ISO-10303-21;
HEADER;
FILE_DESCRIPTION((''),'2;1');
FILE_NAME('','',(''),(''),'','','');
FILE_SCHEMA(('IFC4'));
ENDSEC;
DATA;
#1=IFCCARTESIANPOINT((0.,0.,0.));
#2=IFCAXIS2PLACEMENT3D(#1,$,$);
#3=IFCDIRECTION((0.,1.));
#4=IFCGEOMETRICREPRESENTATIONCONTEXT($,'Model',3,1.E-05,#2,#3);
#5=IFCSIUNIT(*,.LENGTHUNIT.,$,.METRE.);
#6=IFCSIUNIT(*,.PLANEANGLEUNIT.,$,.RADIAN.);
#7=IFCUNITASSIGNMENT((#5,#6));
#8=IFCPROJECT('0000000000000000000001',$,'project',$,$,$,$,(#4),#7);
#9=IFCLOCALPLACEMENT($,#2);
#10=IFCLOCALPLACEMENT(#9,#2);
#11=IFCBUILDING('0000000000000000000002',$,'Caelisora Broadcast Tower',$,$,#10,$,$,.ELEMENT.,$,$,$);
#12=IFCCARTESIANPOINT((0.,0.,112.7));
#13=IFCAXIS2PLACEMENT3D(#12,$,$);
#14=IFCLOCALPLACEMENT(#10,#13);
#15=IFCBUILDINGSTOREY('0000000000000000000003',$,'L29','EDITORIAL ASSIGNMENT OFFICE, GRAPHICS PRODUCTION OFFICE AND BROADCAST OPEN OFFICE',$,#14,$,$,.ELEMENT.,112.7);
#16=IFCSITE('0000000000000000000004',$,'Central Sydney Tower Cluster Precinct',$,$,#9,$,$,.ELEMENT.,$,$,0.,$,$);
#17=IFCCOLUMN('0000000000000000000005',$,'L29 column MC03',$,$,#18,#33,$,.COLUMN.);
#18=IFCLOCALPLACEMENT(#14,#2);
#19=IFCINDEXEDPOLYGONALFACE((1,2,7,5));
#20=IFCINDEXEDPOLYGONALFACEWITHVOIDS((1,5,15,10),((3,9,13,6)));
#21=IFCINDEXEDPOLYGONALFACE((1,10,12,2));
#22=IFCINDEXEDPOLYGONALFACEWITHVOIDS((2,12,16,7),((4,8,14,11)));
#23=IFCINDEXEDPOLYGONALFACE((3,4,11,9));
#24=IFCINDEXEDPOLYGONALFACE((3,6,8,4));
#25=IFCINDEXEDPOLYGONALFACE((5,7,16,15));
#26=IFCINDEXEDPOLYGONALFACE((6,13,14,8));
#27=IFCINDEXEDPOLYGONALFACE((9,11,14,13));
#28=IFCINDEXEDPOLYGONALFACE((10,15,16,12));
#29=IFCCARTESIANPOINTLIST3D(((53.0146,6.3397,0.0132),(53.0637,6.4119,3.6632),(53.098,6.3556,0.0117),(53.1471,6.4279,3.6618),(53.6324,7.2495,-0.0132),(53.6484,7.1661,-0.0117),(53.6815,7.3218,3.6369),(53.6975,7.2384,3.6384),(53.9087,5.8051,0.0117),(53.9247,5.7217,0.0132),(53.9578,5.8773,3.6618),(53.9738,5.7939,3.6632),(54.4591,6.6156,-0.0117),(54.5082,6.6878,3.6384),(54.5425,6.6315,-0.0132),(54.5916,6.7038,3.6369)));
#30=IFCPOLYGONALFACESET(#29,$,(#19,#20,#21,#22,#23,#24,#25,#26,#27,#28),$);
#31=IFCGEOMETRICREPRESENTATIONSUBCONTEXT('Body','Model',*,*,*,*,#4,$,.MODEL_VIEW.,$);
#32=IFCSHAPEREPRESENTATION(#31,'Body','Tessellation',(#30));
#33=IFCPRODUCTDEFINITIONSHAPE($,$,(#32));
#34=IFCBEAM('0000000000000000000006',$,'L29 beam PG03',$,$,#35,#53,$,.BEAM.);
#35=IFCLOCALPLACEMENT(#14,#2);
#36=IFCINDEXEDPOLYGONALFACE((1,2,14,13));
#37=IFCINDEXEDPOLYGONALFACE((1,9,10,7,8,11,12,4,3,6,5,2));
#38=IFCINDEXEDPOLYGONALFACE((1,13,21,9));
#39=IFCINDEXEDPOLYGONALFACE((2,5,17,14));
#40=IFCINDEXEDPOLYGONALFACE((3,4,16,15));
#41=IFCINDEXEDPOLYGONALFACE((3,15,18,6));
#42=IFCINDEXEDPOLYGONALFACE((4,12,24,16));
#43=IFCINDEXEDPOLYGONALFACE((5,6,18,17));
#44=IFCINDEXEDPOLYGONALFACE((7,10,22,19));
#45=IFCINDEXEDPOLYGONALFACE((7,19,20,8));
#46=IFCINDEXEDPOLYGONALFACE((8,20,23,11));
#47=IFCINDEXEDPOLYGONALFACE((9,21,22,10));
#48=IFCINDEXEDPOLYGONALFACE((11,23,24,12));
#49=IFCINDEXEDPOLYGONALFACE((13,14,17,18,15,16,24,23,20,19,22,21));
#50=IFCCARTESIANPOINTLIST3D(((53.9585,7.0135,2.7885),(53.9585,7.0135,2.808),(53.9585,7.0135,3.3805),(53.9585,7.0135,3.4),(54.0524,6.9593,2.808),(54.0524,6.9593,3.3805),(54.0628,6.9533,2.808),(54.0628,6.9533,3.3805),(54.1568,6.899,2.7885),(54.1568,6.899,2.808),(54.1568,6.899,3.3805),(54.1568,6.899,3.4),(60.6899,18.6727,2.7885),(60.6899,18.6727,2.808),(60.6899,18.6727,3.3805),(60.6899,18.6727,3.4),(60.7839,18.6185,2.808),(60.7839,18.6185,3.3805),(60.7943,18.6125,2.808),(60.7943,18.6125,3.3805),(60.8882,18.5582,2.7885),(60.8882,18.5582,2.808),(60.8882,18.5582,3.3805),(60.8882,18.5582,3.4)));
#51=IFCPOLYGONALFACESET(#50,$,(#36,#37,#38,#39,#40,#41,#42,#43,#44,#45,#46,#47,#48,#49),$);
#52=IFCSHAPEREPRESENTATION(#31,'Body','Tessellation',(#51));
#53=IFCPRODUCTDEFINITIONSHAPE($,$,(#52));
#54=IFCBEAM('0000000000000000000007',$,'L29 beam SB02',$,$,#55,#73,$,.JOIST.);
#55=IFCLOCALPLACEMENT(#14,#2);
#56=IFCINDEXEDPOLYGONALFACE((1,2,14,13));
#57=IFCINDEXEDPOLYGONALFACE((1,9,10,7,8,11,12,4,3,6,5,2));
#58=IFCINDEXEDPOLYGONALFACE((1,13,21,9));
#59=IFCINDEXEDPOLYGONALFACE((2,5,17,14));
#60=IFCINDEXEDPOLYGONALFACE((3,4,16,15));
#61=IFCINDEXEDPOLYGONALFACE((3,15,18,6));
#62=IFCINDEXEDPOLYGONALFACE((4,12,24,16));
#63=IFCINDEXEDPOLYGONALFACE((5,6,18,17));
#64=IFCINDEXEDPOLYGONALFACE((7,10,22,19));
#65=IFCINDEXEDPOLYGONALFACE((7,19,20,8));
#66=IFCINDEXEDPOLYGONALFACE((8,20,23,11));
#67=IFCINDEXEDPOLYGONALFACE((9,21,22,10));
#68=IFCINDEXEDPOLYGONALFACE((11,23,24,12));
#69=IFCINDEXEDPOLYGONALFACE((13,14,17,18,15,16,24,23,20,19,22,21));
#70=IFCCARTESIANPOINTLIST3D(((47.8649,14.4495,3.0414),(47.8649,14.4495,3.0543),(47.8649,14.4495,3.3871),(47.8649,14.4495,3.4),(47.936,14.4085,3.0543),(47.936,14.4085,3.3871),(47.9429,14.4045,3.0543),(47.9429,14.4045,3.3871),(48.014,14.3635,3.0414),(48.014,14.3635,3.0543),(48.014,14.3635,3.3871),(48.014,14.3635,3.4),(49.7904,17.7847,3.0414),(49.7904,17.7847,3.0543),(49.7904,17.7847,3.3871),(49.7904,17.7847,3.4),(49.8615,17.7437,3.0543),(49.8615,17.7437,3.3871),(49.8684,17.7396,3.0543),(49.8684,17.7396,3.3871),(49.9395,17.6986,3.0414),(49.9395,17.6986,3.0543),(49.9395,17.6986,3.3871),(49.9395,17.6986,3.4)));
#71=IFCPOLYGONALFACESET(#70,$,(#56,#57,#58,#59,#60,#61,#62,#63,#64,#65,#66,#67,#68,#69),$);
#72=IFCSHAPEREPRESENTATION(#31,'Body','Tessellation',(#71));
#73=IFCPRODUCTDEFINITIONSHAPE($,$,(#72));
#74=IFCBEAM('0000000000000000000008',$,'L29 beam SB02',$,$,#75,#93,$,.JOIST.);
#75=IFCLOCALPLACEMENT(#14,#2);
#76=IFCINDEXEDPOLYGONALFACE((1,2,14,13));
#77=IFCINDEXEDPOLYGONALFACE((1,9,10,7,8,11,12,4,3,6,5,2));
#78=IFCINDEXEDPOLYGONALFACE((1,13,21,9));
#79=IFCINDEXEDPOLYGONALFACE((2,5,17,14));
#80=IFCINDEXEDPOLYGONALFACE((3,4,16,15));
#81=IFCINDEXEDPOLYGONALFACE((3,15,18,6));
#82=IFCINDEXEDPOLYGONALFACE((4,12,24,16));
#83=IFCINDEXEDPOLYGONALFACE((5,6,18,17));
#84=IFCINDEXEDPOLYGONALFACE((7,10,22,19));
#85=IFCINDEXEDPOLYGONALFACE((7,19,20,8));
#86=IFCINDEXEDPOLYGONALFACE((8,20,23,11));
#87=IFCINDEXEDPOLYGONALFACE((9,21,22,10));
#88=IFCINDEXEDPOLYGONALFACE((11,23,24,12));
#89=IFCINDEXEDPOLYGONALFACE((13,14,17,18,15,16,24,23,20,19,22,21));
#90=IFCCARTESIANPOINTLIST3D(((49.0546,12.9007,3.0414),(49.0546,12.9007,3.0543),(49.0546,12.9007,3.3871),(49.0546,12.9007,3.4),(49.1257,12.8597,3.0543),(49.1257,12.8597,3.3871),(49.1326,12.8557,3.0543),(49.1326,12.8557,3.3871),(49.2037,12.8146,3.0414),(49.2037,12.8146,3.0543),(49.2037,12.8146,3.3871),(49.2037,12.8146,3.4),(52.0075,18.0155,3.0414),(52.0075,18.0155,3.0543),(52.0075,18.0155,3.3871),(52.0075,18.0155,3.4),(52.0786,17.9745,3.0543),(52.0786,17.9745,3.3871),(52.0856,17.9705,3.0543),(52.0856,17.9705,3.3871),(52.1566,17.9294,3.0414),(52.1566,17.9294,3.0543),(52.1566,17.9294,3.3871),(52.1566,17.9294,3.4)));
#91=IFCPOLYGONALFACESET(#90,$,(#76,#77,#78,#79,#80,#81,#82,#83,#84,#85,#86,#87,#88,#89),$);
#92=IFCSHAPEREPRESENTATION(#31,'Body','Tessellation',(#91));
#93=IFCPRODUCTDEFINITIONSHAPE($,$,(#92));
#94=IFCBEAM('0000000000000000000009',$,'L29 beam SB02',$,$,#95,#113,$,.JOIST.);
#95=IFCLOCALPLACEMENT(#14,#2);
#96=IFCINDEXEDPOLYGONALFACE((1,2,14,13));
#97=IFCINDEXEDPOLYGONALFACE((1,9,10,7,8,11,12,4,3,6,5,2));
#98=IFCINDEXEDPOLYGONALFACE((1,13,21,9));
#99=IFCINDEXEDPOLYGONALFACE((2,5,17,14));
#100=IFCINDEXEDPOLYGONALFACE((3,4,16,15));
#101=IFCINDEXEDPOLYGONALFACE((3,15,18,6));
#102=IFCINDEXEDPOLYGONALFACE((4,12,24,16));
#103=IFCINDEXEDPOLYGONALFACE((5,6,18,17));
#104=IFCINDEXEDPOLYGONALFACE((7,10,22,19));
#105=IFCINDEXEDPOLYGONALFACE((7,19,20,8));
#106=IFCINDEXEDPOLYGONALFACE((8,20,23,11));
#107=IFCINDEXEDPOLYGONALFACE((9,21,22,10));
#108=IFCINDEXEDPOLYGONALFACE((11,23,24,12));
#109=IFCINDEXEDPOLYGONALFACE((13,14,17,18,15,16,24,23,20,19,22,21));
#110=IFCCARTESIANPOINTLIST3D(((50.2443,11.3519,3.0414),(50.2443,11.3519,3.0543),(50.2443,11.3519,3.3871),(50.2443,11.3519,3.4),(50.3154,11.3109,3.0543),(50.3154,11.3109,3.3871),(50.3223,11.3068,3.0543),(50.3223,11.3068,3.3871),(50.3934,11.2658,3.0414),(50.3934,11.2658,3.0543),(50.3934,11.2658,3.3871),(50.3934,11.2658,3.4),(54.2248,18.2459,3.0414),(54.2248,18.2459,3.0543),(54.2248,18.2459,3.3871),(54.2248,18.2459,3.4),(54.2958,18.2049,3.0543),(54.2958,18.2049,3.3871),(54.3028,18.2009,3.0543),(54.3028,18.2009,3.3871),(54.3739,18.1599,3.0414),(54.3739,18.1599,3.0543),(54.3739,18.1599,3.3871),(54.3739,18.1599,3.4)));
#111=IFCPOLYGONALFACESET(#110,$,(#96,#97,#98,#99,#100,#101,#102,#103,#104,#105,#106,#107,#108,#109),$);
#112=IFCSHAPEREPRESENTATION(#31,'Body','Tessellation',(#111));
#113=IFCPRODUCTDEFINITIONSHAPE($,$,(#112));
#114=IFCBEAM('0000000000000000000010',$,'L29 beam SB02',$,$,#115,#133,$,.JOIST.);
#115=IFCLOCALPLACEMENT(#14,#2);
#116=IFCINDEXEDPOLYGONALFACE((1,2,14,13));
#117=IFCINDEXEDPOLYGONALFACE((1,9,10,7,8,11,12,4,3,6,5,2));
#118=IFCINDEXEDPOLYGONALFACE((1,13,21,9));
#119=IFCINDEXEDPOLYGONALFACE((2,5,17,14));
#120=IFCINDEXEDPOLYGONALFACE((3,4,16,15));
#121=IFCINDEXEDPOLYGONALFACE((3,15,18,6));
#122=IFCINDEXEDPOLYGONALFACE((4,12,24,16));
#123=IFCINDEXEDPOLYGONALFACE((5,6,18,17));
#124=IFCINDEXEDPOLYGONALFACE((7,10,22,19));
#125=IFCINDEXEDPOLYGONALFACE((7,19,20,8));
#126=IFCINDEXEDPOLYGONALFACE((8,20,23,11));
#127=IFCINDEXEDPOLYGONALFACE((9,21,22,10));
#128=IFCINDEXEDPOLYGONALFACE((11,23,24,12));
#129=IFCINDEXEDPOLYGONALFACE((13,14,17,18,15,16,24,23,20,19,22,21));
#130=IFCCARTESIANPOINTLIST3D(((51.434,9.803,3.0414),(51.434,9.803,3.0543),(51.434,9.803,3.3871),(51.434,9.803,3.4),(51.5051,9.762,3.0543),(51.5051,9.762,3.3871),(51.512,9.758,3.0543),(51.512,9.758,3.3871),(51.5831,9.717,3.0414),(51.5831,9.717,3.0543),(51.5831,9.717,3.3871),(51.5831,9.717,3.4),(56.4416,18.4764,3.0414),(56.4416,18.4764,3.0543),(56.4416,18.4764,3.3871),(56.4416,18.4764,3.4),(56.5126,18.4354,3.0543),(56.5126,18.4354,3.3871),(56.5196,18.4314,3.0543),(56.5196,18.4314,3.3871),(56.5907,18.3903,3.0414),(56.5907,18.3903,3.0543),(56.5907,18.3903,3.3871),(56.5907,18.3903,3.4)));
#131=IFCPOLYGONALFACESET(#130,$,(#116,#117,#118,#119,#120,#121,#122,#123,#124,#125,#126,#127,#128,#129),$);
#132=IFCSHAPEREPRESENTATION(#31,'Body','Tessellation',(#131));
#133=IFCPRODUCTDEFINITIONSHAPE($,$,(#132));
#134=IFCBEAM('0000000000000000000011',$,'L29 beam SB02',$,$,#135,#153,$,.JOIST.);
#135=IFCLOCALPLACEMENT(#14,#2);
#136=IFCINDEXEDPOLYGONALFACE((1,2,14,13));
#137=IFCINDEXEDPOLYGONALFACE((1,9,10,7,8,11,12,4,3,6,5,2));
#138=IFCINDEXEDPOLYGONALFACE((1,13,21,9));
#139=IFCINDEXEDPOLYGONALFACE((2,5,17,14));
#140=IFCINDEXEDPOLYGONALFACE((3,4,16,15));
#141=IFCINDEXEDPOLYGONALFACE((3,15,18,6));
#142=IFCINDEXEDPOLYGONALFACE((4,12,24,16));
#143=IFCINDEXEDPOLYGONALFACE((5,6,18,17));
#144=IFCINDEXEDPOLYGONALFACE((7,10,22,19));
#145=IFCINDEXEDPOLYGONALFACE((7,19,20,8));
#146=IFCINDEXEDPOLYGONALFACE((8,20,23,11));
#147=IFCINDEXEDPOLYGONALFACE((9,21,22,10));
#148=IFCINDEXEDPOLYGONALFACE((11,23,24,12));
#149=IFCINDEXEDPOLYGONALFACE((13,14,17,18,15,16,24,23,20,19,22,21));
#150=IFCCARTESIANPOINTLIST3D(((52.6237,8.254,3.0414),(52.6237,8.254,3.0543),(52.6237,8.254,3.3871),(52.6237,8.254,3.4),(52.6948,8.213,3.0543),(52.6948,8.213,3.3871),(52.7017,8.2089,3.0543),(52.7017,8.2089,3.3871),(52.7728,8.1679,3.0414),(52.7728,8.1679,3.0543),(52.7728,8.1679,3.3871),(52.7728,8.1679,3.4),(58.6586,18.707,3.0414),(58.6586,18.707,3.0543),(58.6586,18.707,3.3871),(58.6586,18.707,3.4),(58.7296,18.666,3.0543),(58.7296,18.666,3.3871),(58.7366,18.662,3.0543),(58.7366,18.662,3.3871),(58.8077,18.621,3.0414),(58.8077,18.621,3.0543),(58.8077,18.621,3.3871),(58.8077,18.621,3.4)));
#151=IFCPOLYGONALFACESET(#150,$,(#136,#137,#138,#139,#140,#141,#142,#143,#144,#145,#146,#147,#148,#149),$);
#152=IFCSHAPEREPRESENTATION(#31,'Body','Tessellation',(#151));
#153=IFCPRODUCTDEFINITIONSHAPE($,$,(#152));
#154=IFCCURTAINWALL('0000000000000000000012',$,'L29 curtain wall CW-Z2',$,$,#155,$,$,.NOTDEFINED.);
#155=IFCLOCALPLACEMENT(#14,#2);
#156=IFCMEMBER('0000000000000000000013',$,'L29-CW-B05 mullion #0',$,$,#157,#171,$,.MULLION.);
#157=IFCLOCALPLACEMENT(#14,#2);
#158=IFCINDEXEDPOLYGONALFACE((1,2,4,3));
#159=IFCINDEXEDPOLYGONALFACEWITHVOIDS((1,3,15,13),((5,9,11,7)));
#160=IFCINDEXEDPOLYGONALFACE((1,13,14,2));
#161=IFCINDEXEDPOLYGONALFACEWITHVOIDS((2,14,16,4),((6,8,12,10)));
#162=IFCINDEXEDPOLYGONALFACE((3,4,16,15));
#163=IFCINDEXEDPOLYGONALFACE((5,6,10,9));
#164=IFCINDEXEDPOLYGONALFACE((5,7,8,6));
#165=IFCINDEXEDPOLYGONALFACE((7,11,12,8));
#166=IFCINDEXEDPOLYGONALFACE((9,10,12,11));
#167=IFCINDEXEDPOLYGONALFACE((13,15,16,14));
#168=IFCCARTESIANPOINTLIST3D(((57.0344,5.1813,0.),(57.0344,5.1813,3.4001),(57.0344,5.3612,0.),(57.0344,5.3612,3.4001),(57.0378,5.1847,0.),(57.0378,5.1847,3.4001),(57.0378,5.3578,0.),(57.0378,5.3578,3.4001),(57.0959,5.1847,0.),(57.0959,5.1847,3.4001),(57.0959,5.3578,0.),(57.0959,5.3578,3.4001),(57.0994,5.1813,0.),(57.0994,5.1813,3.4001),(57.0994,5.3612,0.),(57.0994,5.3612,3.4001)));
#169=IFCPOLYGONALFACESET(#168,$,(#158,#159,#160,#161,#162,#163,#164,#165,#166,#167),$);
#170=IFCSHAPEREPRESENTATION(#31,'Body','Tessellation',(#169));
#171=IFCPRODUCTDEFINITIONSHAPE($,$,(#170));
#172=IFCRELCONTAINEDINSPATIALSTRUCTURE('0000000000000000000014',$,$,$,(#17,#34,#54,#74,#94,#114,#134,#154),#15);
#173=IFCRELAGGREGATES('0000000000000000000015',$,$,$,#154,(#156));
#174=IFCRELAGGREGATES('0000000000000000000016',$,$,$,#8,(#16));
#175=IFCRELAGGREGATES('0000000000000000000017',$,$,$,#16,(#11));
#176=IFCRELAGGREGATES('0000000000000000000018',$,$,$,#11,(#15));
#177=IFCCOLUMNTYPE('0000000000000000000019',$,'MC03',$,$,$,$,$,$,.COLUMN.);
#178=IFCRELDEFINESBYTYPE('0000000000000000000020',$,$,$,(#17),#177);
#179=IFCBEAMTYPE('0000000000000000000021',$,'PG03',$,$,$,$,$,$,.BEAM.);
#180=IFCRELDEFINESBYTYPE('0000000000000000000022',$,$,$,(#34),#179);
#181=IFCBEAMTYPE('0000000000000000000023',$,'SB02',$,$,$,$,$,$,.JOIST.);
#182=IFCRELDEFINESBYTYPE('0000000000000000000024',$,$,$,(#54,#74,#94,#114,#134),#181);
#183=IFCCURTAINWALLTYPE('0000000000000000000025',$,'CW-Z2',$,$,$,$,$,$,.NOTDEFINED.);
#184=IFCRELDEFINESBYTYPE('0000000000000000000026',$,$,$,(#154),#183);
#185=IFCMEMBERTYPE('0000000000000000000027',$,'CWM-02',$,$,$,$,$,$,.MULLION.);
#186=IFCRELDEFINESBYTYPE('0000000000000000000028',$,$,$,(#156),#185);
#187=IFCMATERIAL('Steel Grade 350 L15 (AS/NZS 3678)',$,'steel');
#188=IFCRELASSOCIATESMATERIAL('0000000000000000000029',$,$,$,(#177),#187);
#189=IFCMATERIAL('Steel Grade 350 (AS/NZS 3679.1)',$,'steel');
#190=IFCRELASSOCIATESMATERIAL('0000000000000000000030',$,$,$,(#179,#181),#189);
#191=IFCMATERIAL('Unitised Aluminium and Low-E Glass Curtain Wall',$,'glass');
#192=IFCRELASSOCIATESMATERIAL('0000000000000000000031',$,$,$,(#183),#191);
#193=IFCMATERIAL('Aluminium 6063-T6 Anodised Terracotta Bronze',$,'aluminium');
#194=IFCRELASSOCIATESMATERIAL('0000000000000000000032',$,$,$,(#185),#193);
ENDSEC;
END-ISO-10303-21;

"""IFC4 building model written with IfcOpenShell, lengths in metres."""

from ifc_helpers import new_model, si_unit, direction, frame, origin, origin_2d, place, context, subcontext, project, spatial, hollow_rectangle, i_section, extrude, source, transform, mapped, material, material_profile, profile_set, type_object, type_shapes, element, aggregate, save


model = new_model("IFC4")

# Units and contexts
model_context = context("Model", 3, precision=1e-05, world=origin(), true_north=direction((0.0, 1.0)))
body_context = subcontext(model_context, "Body", "Model", "MODEL_VIEW")
ifc_project = project(units=[si_unit("LENGTHUNIT", "METRE"), si_unit("PLANEANGLEUNIT", "RADIAN")], contexts=[model_context])

# Site, building, storey
site_placement = place(None, origin())
site = spatial("IfcSite", under=ifc_project, at=site_placement, Name="Central Sydney Tower Cluster Precinct", CompositionType="ELEMENT", RefElevation=0.0)
building_placement = place(site_placement, origin())
building = spatial("IfcBuilding", under=site, at=building_placement, Name="Caelisora Broadcast Tower", CompositionType="ELEMENT")
storey_placement = place(building_placement, frame((0.0, 0.0, 112.7)))
storey = spatial("IfcBuildingStorey", under=building, at=storey_placement, Name="L29", Description="EDITORIAL ASSIGNMENT OFFICE, GRAPHICS PRODUCTION OFFICE AND BROADCAST OPEN OFFICE", CompositionType="ELEMENT", Elevation=112.7)

# Column
ifc_material_1 = material(Name="Steel Grade 350 L15 (AS/NZS 3678)", Category="steel")
ifc_material_profile_1 = material_profile(ifc_material_1, hollow_rectangle(XDim=1.1001, YDim=1.1001, WallThickness=0.0601, at=origin_2d()), Name="Steel Grade 350 L15 (AS/NZS 3678)")
ifc_profile_set_1 = profile_set([ifc_material_profile_1], Name="Steel Grade 350 L15 (AS/NZS 3678)")
column_type = type_object("IfcColumnType", Name="MC03", PredefinedType="COLUMN", material=ifc_profile_set_1)
shared_shape_1 = source(origin(), body_context, "Body", "SweptSolid", [
    extrude(hollow_rectangle(XDim=1.1001, YDim=1.1001, WallThickness=0.0601, at=origin_2d()), origin(), (0.0, 0.0, 1.0), 3.6511),
])
type_shapes(column_type, [shared_shape_1])
column_placement = place(storey_placement, frame((53.7786, 6.4856, 0.0), z_axis=(0.01344, 0.019792, 0.999714), x_axis=(-0.82729, 0.561775, 0.0)))
element("IfcColumn", 1, at=column_placement, inside=storey, type_object=column_type, Name="L29 column MC03", PredefinedType="COLUMN", context=body_context, shape_type="MappedRepresentation", body=[
    mapped(shared_shape_1, transform((0.0, 0.0, 0.0), scale=1.0)),
])

# Beams
ifc_material_2 = material(Name="Steel Grade 350 (AS/NZS 3679.1)", Category="steel")
ifc_material_profile_2 = material_profile(ifc_material_2, i_section(OverallWidth=0.229, OverallDepth=0.6116, WebThickness=0.012, FlangeThickness=0.0195, at=origin_2d()), Name="Steel Grade 350 (AS/NZS 3679.1)")
ifc_profile_set_2 = profile_set([ifc_material_profile_2], Name="Steel Grade 350 (AS/NZS 3679.1)")
beam_type_1 = type_object("IfcBeamType", Name="PG03", PredefinedType="BEAM", material=ifc_profile_set_2)
shared_shape_2 = source(origin(), body_context, "Body", "SweptSolid", [
    extrude(i_section(OverallWidth=0.229, OverallDepth=0.6116, WebThickness=0.012, FlangeThickness=0.0195, at=origin_2d()), origin(), (0.0, 0.0, 1.0), 13.4629),
])
type_shapes(beam_type_1, [shared_shape_2])
beam_1_placement = place(storey_placement, frame((54.0576, 6.9563, 3.0942), z_axis=(0.500001, 0.866025, 0.0), x_axis=(-0.866025, 0.500001, 0.0)))
element("IfcBeam", 2, at=beam_1_placement, inside=storey, type_object=beam_type_1, Name="L29 beam PG03", PredefinedType="BEAM", context=body_context, shape_type="MappedRepresentation", body=[
    mapped(shared_shape_2, transform((0.0, 0.0, 0.0), scale=1.0)),
])
ifc_material_profile_3 = material_profile(ifc_material_2, i_section(OverallWidth=0.1721, OverallDepth=0.3586, WebThickness=0.0081, FlangeThickness=0.0129, at=origin_2d()), Name="Steel Grade 350 (AS/NZS 3679.1)")
ifc_profile_set_3 = profile_set([ifc_material_profile_3], Name="Steel Grade 350 (AS/NZS 3679.1)")
beam_type_2 = type_object("IfcBeamType", Name="SB02", PredefinedType="JOIST", material=ifc_profile_set_3)
shared_shape_3 = source(origin(), body_context, "Body", "SweptSolid", [
    extrude(i_section(OverallWidth=0.1721, OverallDepth=0.3586, WebThickness=0.0081, FlangeThickness=0.0129, at=origin_2d()), origin(), (0.0, 0.0, 1.0), 3.8511),
])
beam_2_placement = place(storey_placement, frame((47.9395, 14.4065, 3.2207), z_axis=(0.499991, 0.86603, 0.0), x_axis=(-0.86603, 0.499991, 0.0)))
element("IfcBeam", 3, at=beam_2_placement, inside=storey, type_object=beam_type_2, Name="L29 beam SB02", PredefinedType="JOIST", context=body_context, shape_type="MappedRepresentation", body=[
    mapped(shared_shape_3, transform((0.0, 0.0, 0.0), scale=1.0)),
])
shared_shape_4 = source(origin(), body_context, "Body", "SweptSolid", [
    extrude(i_section(OverallWidth=0.1721, OverallDepth=0.3586, WebThickness=0.0081, FlangeThickness=0.0129, at=origin_2d()), origin(), (0.0, 0.0, 1.0), 5.906),
])
beam_3_placement = place(storey_placement, frame((49.1292, 12.8577, 3.2207), z_axis=(0.499985, 0.866034, 0.0), x_axis=(-0.866034, 0.499985, 0.0)))
element("IfcBeam", 4, at=beam_3_placement, inside=storey, type_object=beam_type_2, Name="L29 beam SB02", PredefinedType="JOIST", context=body_context, shape_type="MappedRepresentation", body=[
    mapped(shared_shape_4, transform((0.0, 0.0, 0.0), scale=1.0)),
])
shared_shape_5 = source(origin(), body_context, "Body", "SweptSolid", [
    extrude(i_section(OverallWidth=0.1721, OverallDepth=0.3586, WebThickness=0.0081, FlangeThickness=0.0129, at=origin_2d()), origin(), (0.0, 0.0, 1.0), 7.9607),
])
beam_4_placement = place(storey_placement, frame((50.3188, 11.3088, 3.2207), z_axis=(0.500018, 0.866015, 0.0), x_axis=(-0.866015, 0.500018, 0.0)))
element("IfcBeam", 5, at=beam_4_placement, inside=storey, type_object=beam_type_2, Name="L29 beam SB02", PredefinedType="JOIST", context=body_context, shape_type="MappedRepresentation", body=[
    mapped(shared_shape_5, transform((0.0, 0.0, 0.0), scale=1.0)),
])
shared_shape_6 = source(origin(), body_context, "Body", "SweptSolid", [
    extrude(i_section(OverallWidth=0.1721, OverallDepth=0.3586, WebThickness=0.0081, FlangeThickness=0.0129, at=origin_2d()), origin(), (0.0, 0.0, 1.0), 10.0151),
])
beam_5_placement = place(storey_placement, frame((51.5085, 9.76, 3.2207), z_axis=(0.500001, 0.866025, 0.0), x_axis=(-0.866025, 0.500001, 0.0)))
element("IfcBeam", 6, at=beam_5_placement, inside=storey, type_object=beam_type_2, Name="L29 beam SB02", PredefinedType="JOIST", context=body_context, shape_type="MappedRepresentation", body=[
    mapped(shared_shape_6, transform((0.0, 0.0, 0.0), scale=1.0)),
])
shared_shape_7 = source(origin(), body_context, "Body", "SweptSolid", [
    extrude(i_section(OverallWidth=0.1721, OverallDepth=0.3586, WebThickness=0.0081, FlangeThickness=0.0129, at=origin_2d()), origin(), (0.0, 0.0, 1.0), 12.0701),
])
type_shapes(beam_type_2, [shared_shape_3, shared_shape_4, shared_shape_5, shared_shape_6, shared_shape_7])
beam_6_placement = place(storey_placement, frame((52.6982, 8.2109, 3.2207), z_axis=(0.499987, 0.866033, 0.0), x_axis=(-0.866033, 0.499987, 0.0)))
element("IfcBeam", 7, at=beam_6_placement, inside=storey, type_object=beam_type_2, Name="L29 beam SB02", PredefinedType="JOIST", context=body_context, shape_type="MappedRepresentation", body=[
    mapped(shared_shape_7, transform((0.0, 0.0, 0.0), scale=1.0)),
])

# Curtain wall, member
ifc_material_3 = material(Name="Unitised Aluminium and Low-E Glass Curtain Wall", Category="glass")
curtain_wall_type = type_object("IfcCurtainWallType", Name="CW-Z2", PredefinedType="NOTDEFINED", material=ifc_material_3)
curtain_wall_placement = place(storey_placement, origin())
curtain_wall = element("IfcCurtainWall", 8, at=curtain_wall_placement, inside=storey, type_object=curtain_wall_type, Name="L29 curtain wall CW-Z2", PredefinedType="NOTDEFINED")
ifc_material_4 = material(Name="Aluminium 6063-T6 Anodised Terracotta Bronze", Category="aluminium")
ifc_material_profile_4 = material_profile(ifc_material_4, hollow_rectangle(XDim=0.0649, YDim=0.1799, WallThickness=0.0034, at=origin_2d()), Name="Aluminium 6063-T6 Anodised Terracotta Bronze")
ifc_profile_set_4 = profile_set([ifc_material_profile_4], Name="Aluminium 6063-T6 Anodised Terracotta Bronze")
member_type_1 = type_object("IfcMemberType", Name="CWM-02", PredefinedType="MULLION", material=ifc_profile_set_4)
shared_shape_8 = source(origin(), body_context, "Body", "SweptSolid", [
    extrude(hollow_rectangle(XDim=0.0649, YDim=0.1799, WallThickness=0.0034, at=origin_2d()), origin(), (0.0, 0.0, 1.0), 3.4001),
])
type_shapes(member_type_1, [shared_shape_8])
member_1_placement = place(storey_placement, frame((57.0669, 5.2712, 0.0), z_axis=(0.0, 0.0, 1.0), x_axis=(1.0, 0.0, 0.0)))
member_1 = element("IfcMember", 9, at=member_1_placement, type_object=member_type_1, Name="L29-CW-B05 mullion #0", PredefinedType="MULLION", context=body_context, shape_type="MappedRepresentation", body=[
    mapped(shared_shape_8, transform((0.0, 0.0, 0.0), scale=1.0)),
])
aggregate(curtain_wall, [member_1])

save(model, "model.ifc")
